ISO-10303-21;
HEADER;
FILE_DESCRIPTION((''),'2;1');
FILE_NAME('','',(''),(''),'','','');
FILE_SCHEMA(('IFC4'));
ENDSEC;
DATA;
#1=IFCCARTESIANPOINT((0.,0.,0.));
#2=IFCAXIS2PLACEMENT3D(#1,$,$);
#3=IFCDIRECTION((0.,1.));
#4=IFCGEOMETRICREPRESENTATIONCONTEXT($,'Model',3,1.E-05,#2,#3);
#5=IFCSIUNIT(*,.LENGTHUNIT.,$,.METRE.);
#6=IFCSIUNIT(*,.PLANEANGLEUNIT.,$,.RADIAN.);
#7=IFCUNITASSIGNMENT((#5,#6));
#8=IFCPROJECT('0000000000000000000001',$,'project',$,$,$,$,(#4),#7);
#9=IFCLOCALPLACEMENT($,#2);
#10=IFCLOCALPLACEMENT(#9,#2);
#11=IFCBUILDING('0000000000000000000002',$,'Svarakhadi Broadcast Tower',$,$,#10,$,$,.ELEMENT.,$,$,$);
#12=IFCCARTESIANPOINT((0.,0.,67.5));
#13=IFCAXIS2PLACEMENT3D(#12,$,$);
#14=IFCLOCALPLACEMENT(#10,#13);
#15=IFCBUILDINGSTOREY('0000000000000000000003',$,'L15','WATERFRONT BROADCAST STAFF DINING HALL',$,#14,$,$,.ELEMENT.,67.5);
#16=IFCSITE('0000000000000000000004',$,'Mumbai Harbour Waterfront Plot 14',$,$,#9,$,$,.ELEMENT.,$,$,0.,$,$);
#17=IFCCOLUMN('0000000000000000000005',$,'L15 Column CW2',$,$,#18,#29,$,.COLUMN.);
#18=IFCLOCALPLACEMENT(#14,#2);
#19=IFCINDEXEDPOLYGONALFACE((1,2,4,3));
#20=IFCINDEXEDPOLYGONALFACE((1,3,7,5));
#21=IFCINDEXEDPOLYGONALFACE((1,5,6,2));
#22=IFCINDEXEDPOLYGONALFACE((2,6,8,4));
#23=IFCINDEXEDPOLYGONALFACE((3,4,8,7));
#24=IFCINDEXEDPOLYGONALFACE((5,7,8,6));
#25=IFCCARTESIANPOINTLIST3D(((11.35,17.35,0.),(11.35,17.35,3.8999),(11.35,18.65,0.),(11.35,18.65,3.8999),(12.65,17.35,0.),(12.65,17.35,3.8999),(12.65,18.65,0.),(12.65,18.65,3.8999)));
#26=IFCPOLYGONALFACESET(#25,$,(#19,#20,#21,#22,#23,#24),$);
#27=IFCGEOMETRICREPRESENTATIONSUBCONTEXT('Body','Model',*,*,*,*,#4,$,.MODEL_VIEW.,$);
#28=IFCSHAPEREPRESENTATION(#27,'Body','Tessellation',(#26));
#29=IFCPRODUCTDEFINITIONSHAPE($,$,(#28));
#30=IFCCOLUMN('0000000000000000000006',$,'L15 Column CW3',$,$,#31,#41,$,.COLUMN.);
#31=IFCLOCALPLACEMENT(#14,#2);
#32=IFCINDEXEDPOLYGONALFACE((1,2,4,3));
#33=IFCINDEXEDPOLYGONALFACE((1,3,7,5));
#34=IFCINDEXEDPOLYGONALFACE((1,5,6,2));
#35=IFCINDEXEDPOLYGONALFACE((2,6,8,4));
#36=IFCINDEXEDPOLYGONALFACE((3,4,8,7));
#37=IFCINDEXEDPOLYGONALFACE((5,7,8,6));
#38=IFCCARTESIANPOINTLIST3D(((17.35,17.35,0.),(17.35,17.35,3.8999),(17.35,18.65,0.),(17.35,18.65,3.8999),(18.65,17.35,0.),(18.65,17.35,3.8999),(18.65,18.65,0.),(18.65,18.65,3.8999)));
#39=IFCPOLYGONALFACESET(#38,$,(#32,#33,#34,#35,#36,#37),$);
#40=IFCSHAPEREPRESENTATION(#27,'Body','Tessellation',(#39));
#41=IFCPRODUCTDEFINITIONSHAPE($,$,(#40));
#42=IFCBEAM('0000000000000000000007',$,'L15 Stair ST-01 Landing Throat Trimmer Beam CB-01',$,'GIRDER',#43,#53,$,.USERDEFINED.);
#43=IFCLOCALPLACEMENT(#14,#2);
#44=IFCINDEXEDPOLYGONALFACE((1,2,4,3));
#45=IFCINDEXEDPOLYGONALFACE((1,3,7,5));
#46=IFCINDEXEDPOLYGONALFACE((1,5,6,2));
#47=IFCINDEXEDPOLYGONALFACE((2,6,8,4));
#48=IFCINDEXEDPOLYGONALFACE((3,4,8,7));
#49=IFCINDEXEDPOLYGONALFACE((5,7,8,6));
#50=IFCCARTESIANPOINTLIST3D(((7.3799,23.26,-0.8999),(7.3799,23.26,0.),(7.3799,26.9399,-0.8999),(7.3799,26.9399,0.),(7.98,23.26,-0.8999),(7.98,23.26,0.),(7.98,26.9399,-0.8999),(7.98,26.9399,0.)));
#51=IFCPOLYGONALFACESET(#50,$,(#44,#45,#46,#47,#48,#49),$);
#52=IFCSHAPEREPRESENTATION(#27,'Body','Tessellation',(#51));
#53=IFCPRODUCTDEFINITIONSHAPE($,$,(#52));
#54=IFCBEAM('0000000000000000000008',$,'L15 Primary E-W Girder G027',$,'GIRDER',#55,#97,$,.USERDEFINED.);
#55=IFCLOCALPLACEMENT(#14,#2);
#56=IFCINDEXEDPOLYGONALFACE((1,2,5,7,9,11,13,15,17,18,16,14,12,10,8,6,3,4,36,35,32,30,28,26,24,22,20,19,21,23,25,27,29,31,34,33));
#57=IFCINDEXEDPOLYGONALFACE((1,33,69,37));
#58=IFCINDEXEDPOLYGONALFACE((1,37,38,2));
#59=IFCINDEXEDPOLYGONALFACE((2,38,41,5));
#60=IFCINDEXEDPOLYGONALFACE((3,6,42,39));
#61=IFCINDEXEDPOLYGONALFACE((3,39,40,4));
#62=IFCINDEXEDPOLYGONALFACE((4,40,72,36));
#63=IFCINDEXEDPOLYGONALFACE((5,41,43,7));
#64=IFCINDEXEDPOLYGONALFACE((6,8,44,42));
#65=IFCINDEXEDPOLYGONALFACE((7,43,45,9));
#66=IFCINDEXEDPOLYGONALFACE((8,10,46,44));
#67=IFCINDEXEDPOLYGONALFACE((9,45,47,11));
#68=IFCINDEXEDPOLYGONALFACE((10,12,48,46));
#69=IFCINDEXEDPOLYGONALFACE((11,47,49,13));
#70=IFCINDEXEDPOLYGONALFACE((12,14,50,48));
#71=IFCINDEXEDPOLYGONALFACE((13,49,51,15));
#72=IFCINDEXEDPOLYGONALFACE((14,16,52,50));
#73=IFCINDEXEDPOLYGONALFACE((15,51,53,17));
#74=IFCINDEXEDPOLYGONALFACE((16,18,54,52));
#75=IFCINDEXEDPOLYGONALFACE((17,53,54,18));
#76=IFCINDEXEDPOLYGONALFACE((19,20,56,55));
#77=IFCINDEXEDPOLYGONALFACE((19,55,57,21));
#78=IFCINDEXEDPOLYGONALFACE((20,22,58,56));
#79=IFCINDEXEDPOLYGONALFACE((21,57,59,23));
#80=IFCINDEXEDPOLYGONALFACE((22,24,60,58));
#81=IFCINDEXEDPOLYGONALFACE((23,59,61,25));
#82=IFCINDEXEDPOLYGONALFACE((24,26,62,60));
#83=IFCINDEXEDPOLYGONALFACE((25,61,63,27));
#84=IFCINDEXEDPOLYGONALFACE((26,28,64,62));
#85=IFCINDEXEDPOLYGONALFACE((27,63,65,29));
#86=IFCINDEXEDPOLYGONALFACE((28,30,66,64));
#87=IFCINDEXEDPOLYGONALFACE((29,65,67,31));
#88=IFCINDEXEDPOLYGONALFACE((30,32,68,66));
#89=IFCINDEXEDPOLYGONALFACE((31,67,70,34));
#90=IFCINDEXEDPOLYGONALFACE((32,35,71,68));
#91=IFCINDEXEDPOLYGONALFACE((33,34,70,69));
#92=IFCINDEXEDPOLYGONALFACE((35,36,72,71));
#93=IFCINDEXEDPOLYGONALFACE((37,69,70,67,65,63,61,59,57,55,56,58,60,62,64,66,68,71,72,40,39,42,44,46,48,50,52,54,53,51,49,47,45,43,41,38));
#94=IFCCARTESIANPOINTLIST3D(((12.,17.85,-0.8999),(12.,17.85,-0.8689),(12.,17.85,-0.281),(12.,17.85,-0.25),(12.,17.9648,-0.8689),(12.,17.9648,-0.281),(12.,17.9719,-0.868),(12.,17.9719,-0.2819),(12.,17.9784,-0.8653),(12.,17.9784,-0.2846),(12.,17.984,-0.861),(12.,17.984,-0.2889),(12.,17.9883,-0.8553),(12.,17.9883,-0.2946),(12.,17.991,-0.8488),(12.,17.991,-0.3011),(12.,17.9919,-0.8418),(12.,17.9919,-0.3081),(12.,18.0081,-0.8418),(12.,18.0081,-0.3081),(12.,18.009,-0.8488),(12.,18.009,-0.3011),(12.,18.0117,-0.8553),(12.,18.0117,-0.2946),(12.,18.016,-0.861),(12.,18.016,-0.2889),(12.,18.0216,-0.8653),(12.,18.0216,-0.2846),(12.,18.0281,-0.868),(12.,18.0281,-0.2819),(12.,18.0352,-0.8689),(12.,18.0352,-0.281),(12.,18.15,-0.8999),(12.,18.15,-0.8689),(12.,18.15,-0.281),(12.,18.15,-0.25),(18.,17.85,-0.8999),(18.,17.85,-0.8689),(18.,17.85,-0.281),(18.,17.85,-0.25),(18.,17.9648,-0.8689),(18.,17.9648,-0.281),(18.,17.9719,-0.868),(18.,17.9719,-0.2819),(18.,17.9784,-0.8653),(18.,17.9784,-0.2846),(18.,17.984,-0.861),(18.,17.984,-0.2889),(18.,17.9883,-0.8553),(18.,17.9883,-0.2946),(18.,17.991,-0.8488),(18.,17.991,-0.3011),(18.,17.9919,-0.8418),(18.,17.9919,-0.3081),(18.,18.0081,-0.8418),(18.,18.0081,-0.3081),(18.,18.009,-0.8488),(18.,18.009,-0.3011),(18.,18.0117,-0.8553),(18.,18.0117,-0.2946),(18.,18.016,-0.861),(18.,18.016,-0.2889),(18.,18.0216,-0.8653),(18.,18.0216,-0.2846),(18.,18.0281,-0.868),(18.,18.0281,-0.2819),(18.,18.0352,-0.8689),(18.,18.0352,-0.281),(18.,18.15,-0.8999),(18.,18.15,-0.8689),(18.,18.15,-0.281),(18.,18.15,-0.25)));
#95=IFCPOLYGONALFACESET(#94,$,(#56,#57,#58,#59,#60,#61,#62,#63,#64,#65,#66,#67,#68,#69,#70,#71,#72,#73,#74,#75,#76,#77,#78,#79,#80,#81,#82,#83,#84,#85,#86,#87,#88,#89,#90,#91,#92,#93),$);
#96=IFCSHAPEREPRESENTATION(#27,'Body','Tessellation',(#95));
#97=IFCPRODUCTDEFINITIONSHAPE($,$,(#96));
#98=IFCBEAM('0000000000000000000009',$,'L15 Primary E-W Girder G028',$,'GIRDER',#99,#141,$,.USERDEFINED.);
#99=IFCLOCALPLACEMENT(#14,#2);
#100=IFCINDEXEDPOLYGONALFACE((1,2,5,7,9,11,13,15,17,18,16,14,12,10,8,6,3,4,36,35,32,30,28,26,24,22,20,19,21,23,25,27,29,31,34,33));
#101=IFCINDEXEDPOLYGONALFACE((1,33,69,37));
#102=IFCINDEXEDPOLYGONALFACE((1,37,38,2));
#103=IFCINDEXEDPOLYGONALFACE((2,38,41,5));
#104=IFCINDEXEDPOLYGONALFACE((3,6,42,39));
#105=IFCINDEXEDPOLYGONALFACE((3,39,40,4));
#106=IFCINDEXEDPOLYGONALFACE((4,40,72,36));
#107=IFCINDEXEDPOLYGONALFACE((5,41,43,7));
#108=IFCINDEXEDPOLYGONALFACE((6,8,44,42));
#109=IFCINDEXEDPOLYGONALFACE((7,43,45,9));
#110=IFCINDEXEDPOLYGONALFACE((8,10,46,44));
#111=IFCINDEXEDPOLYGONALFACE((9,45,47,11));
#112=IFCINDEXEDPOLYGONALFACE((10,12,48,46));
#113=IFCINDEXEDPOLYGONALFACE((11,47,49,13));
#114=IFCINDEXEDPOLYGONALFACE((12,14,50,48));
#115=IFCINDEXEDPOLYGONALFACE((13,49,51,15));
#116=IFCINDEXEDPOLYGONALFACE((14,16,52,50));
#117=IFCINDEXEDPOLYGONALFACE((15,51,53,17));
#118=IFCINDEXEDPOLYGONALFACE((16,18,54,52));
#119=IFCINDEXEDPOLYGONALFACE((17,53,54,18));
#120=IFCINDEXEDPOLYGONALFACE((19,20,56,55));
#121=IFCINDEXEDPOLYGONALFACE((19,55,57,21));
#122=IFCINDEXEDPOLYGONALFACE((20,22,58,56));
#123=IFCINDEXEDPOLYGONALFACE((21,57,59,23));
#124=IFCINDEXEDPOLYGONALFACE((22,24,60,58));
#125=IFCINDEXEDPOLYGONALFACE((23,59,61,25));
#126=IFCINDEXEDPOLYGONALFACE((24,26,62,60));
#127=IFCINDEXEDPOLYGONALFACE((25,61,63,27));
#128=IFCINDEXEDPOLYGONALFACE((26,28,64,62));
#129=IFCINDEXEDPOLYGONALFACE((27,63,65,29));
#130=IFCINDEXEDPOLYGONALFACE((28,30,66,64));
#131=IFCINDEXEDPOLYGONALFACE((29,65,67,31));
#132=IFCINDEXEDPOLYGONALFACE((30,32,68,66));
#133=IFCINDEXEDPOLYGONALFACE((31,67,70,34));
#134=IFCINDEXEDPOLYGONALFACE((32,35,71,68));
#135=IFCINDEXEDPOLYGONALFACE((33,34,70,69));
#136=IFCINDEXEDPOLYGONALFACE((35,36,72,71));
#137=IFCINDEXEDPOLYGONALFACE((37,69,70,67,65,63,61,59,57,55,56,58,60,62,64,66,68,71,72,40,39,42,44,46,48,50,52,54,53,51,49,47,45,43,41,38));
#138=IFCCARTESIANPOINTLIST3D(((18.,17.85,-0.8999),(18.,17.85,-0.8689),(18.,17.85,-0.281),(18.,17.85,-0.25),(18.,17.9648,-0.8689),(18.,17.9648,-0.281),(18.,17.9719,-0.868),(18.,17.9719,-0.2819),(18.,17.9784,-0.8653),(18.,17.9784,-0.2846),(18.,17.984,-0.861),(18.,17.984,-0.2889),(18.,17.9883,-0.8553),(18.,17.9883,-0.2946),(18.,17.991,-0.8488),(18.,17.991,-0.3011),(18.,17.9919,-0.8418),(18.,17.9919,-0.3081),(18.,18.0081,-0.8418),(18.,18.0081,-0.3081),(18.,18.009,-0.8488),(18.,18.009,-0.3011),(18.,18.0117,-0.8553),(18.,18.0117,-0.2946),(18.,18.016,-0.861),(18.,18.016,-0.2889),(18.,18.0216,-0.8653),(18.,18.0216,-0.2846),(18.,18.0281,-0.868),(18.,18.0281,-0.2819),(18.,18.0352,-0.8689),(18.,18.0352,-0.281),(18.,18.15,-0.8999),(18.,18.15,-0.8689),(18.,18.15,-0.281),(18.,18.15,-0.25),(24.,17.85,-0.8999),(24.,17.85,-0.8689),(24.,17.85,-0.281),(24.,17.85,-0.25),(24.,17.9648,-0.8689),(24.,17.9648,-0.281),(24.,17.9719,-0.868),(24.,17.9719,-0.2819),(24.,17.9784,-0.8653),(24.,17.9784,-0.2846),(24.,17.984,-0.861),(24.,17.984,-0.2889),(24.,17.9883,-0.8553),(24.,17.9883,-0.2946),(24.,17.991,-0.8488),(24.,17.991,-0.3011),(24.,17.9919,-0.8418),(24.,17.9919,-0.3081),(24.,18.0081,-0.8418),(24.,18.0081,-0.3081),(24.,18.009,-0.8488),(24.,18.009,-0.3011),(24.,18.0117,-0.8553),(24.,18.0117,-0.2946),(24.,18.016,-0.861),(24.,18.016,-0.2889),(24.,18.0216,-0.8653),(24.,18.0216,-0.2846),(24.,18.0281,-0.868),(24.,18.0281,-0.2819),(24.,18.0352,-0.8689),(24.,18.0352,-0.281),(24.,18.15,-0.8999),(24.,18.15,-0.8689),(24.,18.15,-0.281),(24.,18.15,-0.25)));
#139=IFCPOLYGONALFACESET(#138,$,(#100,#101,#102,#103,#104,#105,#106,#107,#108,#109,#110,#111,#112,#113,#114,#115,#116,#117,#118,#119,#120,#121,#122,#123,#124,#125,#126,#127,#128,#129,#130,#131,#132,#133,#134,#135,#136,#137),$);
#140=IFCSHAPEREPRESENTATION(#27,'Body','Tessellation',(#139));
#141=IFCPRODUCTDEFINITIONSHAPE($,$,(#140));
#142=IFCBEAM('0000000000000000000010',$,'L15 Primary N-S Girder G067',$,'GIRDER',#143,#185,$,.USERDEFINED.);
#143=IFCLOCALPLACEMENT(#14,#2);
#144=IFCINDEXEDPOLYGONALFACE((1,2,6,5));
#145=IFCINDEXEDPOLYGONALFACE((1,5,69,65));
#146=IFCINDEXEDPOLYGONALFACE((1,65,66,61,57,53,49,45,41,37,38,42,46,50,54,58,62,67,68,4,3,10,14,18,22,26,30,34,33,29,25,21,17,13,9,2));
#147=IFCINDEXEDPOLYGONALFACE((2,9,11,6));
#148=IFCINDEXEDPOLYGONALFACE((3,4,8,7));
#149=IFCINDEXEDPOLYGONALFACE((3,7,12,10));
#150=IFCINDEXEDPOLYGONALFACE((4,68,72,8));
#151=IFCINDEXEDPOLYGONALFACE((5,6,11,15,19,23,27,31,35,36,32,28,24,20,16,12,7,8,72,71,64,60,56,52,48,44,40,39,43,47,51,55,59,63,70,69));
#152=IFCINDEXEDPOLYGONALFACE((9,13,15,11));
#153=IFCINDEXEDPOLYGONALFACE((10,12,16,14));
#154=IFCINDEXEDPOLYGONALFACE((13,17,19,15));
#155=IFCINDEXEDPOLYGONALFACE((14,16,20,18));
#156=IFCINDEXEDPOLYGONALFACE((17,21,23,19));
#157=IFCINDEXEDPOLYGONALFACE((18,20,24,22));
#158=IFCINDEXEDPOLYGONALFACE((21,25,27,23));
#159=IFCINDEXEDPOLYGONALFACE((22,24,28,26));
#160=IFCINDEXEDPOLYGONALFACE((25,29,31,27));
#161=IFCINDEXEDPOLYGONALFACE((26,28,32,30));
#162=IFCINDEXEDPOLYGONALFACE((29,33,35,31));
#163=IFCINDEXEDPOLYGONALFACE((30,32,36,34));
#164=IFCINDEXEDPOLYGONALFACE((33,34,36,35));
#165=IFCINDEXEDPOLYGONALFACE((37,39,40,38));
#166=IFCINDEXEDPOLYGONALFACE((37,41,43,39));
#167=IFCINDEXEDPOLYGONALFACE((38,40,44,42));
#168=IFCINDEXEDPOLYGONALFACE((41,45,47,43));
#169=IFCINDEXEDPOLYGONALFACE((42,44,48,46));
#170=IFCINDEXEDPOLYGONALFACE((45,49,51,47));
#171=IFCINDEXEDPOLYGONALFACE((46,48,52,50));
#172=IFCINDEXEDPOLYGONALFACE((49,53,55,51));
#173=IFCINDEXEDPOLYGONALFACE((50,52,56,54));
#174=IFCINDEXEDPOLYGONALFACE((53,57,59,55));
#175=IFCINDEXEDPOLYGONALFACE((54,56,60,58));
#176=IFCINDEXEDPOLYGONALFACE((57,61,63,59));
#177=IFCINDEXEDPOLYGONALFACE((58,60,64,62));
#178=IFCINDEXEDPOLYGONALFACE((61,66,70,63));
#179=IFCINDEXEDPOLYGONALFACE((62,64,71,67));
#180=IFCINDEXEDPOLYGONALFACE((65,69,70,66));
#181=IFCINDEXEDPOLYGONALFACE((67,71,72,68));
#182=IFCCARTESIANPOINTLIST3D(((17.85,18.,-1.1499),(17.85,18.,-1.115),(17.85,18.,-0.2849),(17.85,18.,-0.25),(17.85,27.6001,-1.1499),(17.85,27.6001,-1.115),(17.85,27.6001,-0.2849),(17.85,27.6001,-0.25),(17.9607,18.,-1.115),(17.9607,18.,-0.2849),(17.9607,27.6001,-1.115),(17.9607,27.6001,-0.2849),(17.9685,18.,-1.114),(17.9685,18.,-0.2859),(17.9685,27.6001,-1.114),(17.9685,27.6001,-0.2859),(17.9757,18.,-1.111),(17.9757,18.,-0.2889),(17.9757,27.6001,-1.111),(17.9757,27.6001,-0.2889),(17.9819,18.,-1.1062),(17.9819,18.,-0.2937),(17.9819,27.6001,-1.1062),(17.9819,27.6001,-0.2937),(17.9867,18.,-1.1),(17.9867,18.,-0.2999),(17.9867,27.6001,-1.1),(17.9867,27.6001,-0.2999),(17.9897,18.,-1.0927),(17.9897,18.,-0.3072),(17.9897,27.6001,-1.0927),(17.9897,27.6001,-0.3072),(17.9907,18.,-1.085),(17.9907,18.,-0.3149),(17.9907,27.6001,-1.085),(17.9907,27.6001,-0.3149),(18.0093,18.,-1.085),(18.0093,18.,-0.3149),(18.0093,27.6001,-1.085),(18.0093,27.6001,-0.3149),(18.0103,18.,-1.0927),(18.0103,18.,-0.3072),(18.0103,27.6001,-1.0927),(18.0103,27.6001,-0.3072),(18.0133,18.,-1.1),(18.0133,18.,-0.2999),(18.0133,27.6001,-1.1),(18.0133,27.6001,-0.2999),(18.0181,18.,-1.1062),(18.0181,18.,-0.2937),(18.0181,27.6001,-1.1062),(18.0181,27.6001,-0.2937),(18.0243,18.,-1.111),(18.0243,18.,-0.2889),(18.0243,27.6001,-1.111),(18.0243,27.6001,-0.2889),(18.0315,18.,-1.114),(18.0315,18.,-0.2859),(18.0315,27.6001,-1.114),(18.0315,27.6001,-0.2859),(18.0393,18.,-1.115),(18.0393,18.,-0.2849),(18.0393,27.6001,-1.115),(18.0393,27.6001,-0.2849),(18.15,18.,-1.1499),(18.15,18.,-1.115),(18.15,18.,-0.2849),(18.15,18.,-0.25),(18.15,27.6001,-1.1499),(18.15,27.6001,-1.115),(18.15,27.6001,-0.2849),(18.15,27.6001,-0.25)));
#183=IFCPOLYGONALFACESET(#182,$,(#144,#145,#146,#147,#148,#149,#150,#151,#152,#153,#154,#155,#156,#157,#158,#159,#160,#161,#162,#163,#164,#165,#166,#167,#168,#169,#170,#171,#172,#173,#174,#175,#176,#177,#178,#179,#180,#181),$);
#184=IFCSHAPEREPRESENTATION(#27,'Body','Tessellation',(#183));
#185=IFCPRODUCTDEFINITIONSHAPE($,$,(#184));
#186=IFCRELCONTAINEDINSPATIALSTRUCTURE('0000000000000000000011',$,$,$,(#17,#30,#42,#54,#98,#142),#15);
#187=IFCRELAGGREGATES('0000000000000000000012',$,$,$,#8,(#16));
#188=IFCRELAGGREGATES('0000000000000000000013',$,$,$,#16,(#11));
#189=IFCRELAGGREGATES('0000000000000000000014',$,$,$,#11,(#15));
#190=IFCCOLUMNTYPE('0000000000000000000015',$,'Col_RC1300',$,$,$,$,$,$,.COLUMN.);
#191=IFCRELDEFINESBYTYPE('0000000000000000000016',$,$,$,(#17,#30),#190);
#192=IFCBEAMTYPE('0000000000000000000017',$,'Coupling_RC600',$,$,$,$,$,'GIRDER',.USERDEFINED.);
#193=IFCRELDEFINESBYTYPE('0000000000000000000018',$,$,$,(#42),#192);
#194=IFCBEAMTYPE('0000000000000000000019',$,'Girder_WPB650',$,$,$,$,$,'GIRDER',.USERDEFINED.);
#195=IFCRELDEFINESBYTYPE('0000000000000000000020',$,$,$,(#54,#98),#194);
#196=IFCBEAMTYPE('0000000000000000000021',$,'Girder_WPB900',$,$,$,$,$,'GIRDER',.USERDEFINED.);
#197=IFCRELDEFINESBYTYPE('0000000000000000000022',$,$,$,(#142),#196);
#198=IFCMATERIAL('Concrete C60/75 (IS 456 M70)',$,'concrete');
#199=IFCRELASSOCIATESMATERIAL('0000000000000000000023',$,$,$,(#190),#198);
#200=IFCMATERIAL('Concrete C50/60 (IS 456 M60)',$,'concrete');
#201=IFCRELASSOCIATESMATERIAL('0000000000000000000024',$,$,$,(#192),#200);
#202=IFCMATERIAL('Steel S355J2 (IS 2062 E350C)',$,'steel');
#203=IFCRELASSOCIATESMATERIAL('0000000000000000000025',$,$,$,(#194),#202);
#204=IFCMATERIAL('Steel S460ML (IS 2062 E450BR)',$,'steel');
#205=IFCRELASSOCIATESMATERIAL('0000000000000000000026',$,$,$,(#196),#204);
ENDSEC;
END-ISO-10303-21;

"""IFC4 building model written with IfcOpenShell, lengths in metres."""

from ifc_helpers import new_model, si_unit, direction, frame, origin, origin_2d, place, context, subcontext, project, spatial, rectangle, i_section, extrude, material, material_profile, profile_set, type_object, element, save


model = new_model("IFC4")

# Units and contexts
model_context = context("Model", 3, precision=1e-05, world=origin(), true_north=direction((0.0, 1.0)))
body_context = subcontext(model_context, "Body", "Model", "MODEL_VIEW")
ifc_project = project(units=[si_unit("LENGTHUNIT", "METRE"), si_unit("PLANEANGLEUNIT", "RADIAN")], contexts=[model_context])

# Site, building, storey
site_placement = place(None, origin())
site = spatial("IfcSite", under=ifc_project, at=site_placement, Name="Mumbai Harbour Waterfront Plot 14", CompositionType="ELEMENT", RefElevation=0.0)
building_placement = place(site_placement, origin())
building = spatial("IfcBuilding", under=site, at=building_placement, Name="Svarakhadi Broadcast Tower", CompositionType="ELEMENT")
storey_placement = place(building_placement, frame((0.0, 0.0, 67.5)))
storey = spatial("IfcBuildingStorey", under=building, at=storey_placement, Name="L15", Description="WATERFRONT BROADCAST STAFF DINING HALL", CompositionType="ELEMENT", Elevation=67.5)

# Columns
ifc_material_1 = material(Name="Concrete C60/75 (IS 456 M70)", Category="concrete")
ifc_material_profile_1 = material_profile(ifc_material_1, rectangle(XDim=1.3, YDim=1.3, at=origin_2d()), Name="RC 1300x1300")
ifc_profile_set_1 = profile_set([ifc_material_profile_1], Name="Concrete C60/75 (IS 456 M70)")
column_type = type_object("IfcColumnType", Name="Col_RC1300", PredefinedType="COLUMN", material=ifc_profile_set_1)
for number, where, z_axis, x_axis, name in (
    (1, (12.0, 18.0, 0.0), (0.0, 0.0, 1.0), (1.0, 0.0, 0.0), "L15 Column CW2"),
    (2, (18.0, 18.0, 0.0), (0.0, 0.0, 1.0), (1.0, 0.0, 0.0), "L15 Column CW3"),
):
    element("IfcColumn", number, at=place(storey_placement, frame(where, z_axis=z_axis, x_axis=x_axis)), inside=storey, type_object=column_type, Name=name, PredefinedType="COLUMN", context=body_context, shape_type="SweptSolid", body=[
        extrude(rectangle(XDim=1.3, YDim=1.3, at=origin_2d()), origin(), (0.0, 0.0, 1.0), 3.8999),
    ])

# Beams
ifc_material_2 = material(Name="Concrete C50/60 (IS 456 M60)", Category="concrete")
ifc_material_profile_2 = material_profile(ifc_material_2, rectangle(XDim=0.6001, YDim=0.8999, at=origin_2d()), Name="RC 600x900")
ifc_profile_set_2 = profile_set([ifc_material_profile_2], Name="Concrete C50/60 (IS 456 M60)")
beam_type_1 = type_object("IfcBeamType", Name="Coupling_RC600", ElementType="GIRDER", PredefinedType="USERDEFINED", material=ifc_profile_set_2)
beam_1_placement = place(storey_placement, frame((7.6799, 23.26, -0.45), z_axis=(0.0, 1.0, 0.0), x_axis=(-1.0, 0.0, 0.0)))
element("IfcBeam", 3, at=beam_1_placement, inside=storey, type_object=beam_type_1, Name="L15 Stair ST-01 Landing Throat Trimmer Beam CB-01", ObjectType="GIRDER", PredefinedType="USERDEFINED", context=body_context, shape_type="SweptSolid", body=[
    extrude(rectangle(XDim=0.6001, YDim=0.8999, at=origin_2d()), origin(), (0.0, 0.0, 1.0), 3.6799),
])
ifc_material_3 = material(Name="Steel S355J2 (IS 2062 E350C)", Category="steel")
ifc_material_profile_3 = material_profile(ifc_material_3, i_section(OverallWidth=0.3, OverallDepth=0.6499, WebThickness=0.0161, FlangeThickness=0.031, FilletRadius=0.0271, at=origin_2d()), Name="WPB 650x300x225")
ifc_profile_set_3 = profile_set([ifc_material_profile_3], Name="Steel S355J2 (IS 2062 E350C)")
beam_type_2 = type_object("IfcBeamType", Name="Girder_WPB650", ElementType="GIRDER", PredefinedType="USERDEFINED", material=ifc_profile_set_3)
for number, where, z_axis, x_axis, name in (
    (4, (12.0, 18.0, -0.575), (1.0, 0.0, 0.0), (0.0, 1.0, 0.0), "L15 Primary E-W Girder G027"),
    (5, (18.0, 18.0, -0.575), (1.0, 0.0, 0.0), (0.0, 1.0, 0.0), "L15 Primary E-W Girder G028"),
):
    element("IfcBeam", number, at=place(storey_placement, frame(where, z_axis=z_axis, x_axis=x_axis)), inside=storey, type_object=beam_type_2, Name=name, ObjectType="GIRDER", PredefinedType="USERDEFINED", context=body_context, shape_type="SweptSolid", body=[
        extrude(i_section(OverallWidth=0.3, OverallDepth=0.6499, WebThickness=0.0161, FlangeThickness=0.031, FilletRadius=0.0271, at=origin_2d()), origin(), (0.0, 0.0, 1.0), 6.0),
    ])
ifc_material_4 = material(Name="Steel S460ML (IS 2062 E450BR)", Category="steel")
ifc_material_profile_4 = material_profile(ifc_material_4, i_section(OverallWidth=0.3, OverallDepth=0.8999, WebThickness=0.0186, FlangeThickness=0.0349, FilletRadius=0.03, at=origin_2d()), Name="WPB 900x300x291")
ifc_profile_set_4 = profile_set([ifc_material_profile_4], Name="Steel S460ML (IS 2062 E450BR)")
beam_type_3 = type_object("IfcBeamType", Name="Girder_WPB900", ElementType="GIRDER", PredefinedType="USERDEFINED", material=ifc_profile_set_4)
beam_2_placement = place(storey_placement, frame((18.0, 18.0, -0.7), z_axis=(0.0, 1.0, 0.0), x_axis=(-1.0, 0.0, 0.0)))
element("IfcBeam", 6, at=beam_2_placement, inside=storey, type_object=beam_type_3, Name="L15 Primary N-S Girder G067", ObjectType="GIRDER", PredefinedType="USERDEFINED", context=body_context, shape_type="SweptSolid", body=[
    extrude(i_section(OverallWidth=0.3, OverallDepth=0.8999, WebThickness=0.0186, FlangeThickness=0.0349, FilletRadius=0.03, at=origin_2d()), origin(), (0.0, 0.0, 1.0), 9.6001),
])

save(model, "model.ifc")
